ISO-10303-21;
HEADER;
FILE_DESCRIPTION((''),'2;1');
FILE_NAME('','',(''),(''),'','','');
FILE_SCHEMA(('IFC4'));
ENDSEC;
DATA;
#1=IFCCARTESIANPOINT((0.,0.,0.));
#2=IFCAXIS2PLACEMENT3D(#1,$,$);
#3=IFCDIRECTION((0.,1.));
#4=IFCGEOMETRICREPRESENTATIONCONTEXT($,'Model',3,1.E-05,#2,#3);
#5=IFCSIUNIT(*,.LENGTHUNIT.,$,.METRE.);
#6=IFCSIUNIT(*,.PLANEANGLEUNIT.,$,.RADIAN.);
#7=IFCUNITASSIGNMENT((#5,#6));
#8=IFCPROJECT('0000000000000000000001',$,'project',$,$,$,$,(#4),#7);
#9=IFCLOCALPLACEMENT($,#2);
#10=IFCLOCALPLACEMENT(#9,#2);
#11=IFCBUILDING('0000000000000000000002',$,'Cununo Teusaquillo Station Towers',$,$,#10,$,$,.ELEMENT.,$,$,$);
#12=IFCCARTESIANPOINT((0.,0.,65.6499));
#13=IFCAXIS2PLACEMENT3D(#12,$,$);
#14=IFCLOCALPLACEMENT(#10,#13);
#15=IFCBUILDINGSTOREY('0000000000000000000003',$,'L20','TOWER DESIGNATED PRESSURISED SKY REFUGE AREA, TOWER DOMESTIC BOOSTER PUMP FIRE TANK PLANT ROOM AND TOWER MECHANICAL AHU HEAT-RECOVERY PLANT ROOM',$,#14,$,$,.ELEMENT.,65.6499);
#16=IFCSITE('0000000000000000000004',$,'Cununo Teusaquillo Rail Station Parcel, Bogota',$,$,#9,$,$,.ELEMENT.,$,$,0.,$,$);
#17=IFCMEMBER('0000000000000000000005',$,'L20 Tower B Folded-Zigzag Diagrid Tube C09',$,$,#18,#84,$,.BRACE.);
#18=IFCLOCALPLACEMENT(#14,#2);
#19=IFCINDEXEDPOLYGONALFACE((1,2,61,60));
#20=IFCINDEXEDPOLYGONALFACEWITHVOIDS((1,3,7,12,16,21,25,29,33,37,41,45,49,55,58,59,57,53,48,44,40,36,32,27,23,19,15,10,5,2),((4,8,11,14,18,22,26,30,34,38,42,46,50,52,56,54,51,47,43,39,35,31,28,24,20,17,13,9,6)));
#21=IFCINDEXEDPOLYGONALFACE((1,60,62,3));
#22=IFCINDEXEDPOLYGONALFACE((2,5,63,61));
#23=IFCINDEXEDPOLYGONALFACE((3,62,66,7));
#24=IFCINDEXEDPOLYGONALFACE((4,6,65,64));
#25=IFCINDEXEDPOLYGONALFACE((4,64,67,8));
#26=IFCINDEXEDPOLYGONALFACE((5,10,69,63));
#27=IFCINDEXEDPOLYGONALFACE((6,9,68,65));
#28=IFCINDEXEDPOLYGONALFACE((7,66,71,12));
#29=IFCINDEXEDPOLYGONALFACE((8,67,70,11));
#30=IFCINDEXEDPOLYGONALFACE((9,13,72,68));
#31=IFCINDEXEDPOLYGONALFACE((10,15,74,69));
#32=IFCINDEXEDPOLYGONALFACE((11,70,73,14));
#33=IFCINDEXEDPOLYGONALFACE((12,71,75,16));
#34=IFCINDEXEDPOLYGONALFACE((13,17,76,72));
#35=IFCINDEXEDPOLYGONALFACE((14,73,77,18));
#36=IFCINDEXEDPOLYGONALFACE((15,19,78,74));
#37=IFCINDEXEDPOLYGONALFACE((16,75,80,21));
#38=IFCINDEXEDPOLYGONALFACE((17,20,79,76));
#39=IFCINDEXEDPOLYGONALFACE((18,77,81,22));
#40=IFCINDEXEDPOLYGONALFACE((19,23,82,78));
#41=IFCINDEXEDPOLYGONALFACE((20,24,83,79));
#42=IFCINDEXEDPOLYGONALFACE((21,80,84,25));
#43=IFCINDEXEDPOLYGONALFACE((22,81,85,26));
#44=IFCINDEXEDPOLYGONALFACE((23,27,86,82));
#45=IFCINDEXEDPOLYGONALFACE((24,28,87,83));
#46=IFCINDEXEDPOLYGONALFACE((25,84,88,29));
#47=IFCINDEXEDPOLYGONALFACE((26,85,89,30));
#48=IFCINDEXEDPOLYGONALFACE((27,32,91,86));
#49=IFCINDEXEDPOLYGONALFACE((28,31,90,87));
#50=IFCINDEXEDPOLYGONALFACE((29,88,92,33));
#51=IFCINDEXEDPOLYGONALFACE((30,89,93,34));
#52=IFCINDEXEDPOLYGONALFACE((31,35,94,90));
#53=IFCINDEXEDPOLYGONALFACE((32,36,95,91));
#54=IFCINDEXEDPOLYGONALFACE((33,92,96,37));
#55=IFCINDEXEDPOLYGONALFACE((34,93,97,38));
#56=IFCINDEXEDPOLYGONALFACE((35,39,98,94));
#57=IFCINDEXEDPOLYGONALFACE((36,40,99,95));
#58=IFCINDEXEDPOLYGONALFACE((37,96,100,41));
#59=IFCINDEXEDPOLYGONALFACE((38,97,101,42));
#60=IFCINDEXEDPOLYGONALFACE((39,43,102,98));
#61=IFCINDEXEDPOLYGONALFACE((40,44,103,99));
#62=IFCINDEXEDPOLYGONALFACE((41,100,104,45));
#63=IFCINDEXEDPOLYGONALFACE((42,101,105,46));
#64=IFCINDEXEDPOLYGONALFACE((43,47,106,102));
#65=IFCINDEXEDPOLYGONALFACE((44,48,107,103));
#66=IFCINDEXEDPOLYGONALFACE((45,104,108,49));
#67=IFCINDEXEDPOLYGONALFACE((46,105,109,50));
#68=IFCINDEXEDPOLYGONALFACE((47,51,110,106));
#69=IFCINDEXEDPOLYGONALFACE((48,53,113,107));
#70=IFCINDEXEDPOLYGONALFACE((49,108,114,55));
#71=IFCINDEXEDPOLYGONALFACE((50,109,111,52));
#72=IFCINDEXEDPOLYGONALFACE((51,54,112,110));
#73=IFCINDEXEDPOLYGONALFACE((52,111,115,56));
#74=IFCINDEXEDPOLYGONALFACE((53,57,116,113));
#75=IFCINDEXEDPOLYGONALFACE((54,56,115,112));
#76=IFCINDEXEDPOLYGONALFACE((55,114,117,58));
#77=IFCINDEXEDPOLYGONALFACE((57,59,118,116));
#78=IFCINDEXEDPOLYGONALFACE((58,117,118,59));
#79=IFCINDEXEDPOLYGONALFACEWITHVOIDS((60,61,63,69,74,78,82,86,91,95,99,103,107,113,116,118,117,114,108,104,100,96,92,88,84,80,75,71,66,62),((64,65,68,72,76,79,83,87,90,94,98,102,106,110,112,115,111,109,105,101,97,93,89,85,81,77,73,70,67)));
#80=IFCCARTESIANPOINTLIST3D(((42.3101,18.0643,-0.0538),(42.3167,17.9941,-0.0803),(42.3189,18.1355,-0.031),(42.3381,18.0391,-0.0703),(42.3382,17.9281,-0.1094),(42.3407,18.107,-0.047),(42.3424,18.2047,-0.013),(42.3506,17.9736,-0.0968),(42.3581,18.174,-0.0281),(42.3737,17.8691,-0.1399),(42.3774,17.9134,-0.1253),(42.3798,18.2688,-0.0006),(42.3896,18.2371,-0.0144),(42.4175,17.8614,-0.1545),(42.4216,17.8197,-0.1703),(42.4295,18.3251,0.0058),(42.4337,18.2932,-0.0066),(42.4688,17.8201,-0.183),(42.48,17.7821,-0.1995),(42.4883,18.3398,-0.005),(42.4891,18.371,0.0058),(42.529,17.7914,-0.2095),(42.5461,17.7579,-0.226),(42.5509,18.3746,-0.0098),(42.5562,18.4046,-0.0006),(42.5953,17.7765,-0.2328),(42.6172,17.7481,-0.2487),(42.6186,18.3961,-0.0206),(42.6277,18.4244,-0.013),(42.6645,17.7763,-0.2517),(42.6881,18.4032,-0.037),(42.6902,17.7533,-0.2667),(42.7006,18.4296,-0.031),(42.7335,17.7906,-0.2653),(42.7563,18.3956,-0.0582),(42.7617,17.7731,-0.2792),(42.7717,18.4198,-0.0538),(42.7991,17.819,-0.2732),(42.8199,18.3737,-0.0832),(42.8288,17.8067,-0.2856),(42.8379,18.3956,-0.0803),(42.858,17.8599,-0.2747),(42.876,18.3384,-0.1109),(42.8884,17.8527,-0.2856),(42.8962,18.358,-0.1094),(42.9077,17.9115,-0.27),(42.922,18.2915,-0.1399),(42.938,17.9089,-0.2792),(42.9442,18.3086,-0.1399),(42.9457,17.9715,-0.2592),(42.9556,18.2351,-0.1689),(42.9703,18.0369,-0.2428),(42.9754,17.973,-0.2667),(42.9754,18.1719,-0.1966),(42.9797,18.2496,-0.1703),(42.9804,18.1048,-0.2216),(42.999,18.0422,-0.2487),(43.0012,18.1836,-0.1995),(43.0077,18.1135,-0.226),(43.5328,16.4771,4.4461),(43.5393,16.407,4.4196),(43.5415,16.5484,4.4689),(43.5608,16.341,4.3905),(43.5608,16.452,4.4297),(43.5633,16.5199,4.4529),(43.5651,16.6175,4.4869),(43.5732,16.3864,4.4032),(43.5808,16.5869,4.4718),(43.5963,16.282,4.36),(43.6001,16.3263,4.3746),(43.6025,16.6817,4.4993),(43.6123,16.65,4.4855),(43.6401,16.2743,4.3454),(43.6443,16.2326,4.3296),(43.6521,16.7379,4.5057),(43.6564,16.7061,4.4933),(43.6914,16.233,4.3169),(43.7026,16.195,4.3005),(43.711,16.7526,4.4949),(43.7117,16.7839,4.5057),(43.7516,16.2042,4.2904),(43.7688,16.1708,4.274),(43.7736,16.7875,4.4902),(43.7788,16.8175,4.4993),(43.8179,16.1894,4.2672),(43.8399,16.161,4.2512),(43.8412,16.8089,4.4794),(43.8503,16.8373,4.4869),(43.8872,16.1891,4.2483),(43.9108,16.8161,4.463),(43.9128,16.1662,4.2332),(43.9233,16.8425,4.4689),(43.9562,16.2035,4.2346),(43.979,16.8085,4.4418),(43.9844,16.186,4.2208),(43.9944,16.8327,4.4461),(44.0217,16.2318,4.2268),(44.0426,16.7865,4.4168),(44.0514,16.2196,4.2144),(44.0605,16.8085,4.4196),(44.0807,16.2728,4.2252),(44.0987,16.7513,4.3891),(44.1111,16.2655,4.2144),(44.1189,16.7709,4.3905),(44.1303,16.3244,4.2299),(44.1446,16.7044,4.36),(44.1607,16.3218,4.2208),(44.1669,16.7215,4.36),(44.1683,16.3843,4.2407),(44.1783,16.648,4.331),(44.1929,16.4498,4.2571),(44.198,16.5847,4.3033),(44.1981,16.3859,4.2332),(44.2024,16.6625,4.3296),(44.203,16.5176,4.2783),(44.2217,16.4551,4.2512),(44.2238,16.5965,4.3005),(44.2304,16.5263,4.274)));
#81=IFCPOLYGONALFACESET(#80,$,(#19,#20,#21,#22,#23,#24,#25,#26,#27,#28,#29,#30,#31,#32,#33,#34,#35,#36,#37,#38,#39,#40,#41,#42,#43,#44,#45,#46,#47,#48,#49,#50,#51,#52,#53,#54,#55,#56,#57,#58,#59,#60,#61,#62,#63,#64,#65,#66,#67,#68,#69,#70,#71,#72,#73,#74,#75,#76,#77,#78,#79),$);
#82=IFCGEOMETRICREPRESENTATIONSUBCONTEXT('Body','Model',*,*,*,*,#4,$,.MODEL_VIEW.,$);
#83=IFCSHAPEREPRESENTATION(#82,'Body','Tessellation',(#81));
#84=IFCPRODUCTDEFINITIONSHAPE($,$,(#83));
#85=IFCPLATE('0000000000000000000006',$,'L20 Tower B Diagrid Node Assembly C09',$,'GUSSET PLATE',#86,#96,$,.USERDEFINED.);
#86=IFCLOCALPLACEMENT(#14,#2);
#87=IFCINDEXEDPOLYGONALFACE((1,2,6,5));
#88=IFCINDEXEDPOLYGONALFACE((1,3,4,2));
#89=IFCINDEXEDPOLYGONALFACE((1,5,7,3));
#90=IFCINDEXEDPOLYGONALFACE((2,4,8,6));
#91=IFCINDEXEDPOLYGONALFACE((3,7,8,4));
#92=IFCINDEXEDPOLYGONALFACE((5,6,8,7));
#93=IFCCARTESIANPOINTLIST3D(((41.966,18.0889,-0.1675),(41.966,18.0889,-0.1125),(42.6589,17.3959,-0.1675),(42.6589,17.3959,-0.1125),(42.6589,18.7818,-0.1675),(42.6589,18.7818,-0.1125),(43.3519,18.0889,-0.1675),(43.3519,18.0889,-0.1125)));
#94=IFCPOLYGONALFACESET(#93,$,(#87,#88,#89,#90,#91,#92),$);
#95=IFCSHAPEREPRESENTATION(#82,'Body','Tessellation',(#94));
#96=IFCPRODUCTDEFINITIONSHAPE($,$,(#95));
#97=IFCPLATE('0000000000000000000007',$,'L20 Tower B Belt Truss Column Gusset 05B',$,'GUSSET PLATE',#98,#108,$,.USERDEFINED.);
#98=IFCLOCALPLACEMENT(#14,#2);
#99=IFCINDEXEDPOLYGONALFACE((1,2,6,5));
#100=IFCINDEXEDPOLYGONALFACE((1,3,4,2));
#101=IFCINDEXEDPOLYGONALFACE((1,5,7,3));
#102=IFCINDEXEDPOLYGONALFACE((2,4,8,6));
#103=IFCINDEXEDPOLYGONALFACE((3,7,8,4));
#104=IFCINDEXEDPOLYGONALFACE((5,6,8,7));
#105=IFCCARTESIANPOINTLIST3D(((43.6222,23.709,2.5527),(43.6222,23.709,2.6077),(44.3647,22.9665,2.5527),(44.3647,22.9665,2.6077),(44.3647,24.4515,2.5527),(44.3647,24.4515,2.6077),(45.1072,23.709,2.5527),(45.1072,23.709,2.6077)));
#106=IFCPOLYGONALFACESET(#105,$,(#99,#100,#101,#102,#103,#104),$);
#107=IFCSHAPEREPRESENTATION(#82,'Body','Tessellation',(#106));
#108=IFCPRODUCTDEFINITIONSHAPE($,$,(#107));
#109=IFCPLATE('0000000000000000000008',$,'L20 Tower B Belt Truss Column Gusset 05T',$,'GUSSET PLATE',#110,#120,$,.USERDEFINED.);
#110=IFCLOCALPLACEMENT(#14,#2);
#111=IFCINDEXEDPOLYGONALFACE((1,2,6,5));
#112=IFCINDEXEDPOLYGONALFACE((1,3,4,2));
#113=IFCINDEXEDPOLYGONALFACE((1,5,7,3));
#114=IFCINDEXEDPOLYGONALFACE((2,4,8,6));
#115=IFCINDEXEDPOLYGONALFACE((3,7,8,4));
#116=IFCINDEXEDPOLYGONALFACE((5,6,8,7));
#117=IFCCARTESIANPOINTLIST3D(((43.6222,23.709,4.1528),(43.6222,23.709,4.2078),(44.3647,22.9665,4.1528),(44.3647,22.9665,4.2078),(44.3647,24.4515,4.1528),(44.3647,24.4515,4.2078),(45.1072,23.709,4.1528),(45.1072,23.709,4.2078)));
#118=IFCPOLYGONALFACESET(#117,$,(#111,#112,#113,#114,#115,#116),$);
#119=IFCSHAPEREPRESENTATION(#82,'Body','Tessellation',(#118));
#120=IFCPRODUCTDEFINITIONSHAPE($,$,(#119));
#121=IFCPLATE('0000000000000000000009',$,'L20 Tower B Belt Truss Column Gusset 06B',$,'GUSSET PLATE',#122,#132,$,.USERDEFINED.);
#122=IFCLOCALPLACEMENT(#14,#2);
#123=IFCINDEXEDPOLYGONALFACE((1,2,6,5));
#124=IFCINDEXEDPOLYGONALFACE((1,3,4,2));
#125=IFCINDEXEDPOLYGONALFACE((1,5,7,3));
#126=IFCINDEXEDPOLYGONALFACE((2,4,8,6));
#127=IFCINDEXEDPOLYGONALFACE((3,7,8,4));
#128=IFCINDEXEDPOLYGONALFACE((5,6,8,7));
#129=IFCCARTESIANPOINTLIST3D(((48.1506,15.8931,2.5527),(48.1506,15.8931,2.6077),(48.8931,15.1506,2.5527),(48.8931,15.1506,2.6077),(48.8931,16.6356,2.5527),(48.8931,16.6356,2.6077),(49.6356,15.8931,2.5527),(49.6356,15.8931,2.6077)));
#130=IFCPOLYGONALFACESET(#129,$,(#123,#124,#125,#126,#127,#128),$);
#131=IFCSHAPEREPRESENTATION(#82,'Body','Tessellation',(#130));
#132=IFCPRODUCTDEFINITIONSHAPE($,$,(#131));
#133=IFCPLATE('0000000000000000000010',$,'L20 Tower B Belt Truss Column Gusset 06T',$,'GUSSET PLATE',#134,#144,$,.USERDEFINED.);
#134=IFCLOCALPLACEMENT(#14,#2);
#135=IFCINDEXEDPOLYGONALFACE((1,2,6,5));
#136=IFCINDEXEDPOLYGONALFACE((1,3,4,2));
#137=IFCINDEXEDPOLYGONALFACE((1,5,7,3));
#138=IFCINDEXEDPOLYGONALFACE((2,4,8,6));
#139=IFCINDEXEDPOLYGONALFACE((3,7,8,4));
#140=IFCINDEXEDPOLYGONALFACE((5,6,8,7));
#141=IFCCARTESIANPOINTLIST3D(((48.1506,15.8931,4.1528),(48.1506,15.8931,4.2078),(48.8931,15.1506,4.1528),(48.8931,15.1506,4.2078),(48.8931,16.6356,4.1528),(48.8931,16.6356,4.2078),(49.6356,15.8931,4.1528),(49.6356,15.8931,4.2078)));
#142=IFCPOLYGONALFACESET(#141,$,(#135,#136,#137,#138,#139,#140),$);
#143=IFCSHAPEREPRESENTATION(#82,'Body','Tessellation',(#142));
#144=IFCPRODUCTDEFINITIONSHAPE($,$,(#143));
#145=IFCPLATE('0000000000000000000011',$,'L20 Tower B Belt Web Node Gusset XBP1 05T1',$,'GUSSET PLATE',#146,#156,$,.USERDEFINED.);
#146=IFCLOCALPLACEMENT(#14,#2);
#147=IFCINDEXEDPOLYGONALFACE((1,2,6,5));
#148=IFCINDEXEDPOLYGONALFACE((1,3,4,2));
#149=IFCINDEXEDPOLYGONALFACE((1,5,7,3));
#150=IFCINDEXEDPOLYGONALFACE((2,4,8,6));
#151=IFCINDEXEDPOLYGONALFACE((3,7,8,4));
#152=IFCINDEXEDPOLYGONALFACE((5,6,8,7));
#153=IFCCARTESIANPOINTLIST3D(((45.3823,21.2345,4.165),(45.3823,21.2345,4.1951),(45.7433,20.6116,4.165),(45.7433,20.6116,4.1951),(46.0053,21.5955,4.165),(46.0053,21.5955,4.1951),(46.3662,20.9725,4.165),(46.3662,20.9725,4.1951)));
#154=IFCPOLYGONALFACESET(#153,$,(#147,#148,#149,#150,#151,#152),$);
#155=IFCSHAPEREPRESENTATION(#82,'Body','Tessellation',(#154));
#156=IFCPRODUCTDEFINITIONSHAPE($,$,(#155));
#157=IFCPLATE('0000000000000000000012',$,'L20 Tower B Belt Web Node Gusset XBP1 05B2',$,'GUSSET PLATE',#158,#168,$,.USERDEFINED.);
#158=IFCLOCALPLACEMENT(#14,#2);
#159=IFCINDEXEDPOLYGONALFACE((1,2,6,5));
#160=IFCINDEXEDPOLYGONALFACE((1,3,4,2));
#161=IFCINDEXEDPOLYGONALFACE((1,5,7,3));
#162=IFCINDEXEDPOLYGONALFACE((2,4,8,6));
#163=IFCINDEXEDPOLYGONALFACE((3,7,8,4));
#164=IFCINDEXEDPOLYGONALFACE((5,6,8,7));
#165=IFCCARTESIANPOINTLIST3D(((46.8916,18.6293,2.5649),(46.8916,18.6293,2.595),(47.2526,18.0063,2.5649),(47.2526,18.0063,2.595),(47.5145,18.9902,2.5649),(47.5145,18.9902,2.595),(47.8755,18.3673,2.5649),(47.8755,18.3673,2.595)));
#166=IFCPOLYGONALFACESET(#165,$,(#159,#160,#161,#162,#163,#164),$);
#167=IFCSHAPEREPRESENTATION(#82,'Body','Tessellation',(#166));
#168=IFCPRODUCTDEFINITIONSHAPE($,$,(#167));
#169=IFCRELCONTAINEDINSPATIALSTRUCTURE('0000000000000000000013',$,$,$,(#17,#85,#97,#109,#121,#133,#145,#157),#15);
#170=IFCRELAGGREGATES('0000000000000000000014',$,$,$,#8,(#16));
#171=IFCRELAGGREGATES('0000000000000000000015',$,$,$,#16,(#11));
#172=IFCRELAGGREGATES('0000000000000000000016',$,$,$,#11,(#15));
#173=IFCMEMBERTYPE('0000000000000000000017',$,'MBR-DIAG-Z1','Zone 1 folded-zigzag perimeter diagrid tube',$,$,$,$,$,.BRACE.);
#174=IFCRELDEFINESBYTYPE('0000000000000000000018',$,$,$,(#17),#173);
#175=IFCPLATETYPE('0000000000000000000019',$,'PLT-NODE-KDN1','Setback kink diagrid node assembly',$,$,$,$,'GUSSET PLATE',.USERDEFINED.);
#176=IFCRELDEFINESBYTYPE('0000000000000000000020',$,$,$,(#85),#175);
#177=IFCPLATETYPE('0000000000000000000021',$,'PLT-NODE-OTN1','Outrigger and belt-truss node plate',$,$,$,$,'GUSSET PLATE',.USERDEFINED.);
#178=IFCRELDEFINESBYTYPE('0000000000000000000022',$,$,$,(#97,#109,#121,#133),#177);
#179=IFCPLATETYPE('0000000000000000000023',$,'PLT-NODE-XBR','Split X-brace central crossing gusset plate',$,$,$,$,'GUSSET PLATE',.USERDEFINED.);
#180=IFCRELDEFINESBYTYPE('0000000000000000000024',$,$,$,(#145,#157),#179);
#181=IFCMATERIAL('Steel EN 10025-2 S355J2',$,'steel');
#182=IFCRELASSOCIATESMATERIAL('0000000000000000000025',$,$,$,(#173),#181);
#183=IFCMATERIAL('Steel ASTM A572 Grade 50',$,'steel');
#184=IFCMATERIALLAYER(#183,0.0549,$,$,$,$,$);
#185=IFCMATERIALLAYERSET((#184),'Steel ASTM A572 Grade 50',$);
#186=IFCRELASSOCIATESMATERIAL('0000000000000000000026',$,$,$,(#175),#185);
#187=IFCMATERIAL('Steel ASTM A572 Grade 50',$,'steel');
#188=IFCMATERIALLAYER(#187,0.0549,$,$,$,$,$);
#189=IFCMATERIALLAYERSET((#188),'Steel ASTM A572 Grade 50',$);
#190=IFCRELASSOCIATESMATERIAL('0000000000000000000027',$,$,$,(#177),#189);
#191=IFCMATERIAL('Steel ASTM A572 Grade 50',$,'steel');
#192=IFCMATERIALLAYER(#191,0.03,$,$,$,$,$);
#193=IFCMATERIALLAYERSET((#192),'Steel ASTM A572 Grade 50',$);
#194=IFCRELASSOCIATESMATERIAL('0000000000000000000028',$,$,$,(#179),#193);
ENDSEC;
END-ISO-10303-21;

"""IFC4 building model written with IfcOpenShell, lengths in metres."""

from ifc_helpers import new_model, si_unit, direction, frame, origin, origin_2d, place, context, subcontext, project, spatial, rectangle, hollow_circle, extrude, source, transform, mapped, material, layer, layer_set, material_profile, profile_set, type_object, element, save


model = new_model("IFC4")

# Units and contexts
model_context = context("Model", 3, precision=1e-05, world=origin(), true_north=direction((0.0, 1.0)))
body_context = subcontext(model_context, "Body", "Model", "MODEL_VIEW")
ifc_project = project(units=[si_unit("LENGTHUNIT", "METRE"), si_unit("PLANEANGLEUNIT", "RADIAN")], contexts=[model_context])

# Site, building, storey
site_placement = place(None, origin())
site = spatial("IfcSite", under=ifc_project, at=site_placement, Name="Cununo Teusaquillo Rail Station Parcel, Bogota", CompositionType="ELEMENT", RefElevation=0.0)
building_placement = place(site_placement, origin())
building = spatial("IfcBuilding", under=site, at=building_placement, Name="Cununo Teusaquillo Station Towers", CompositionType="ELEMENT")
storey_placement = place(building_placement, frame((0.0, 0.0, 65.6499)))
storey = spatial("IfcBuildingStorey", under=building, at=storey_placement, Name="L20", Description="TOWER DESIGNATED PRESSURISED SKY REFUGE AREA, TOWER DOMESTIC BOOSTER PUMP FIRE TANK PLANT ROOM AND TOWER MECHANICAL AHU HEAT-RECOVERY PLANT ROOM", CompositionType="ELEMENT", Elevation=65.6499)

# Member
ifc_material_1 = material(Name="Steel EN 10025-2 S355J2", Category="steel")
ifc_material_profile_1 = material_profile(ifc_material_1, hollow_circle(Radius=0.3601, WallThickness=0.0281, at=origin_2d()), Name="CHS 720x28")
ifc_profile_set_1 = profile_set([ifc_material_profile_1], Name="Steel EN 10025-2 S355J2")
member_type_1 = type_object("IfcMemberType", Name="MBR-DIAG-Z1", Description="Zone 1 folded-zigzag perimeter diagrid tube", PredefinedType="BRACE", material=ifc_profile_set_1)
member_1_placement = place(storey_placement, frame((42.6589, 18.0889, -0.1399), z_axis=(0.248212, -0.32221, 0.913549), x_axis=(0.792198, 0.610264, 0.0)))
element("IfcMember", 1, at=member_1_placement, inside=storey, type_object=member_type_1, Name="L20 Tower B Folded-Zigzag Diagrid Tube C09", PredefinedType="BRACE", context=body_context, shape_type="SweptSolid", body=[
    extrude(hollow_circle(Radius=0.3601, WallThickness=0.0281, at=origin_2d()), origin(), (0.0, 0.0, 1.0), 4.9258),
])

# Plates
ifc_material_2 = material(Name="Steel ASTM A572 Grade 50", Category="steel")
ifc_layer_1 = layer(ifc_material_2, 0.0549)
ifc_layer_set_1 = layer_set([ifc_layer_1], Name="Steel ASTM A572 Grade 50")
plate_type_1 = type_object("IfcPlateType", Name="PLT-NODE-KDN1", Description="Setback kink diagrid node assembly", ElementType="GUSSET PLATE", PredefinedType="USERDEFINED", material=ifc_layer_set_1)
shared_shape_1 = source(origin(), body_context, "Body", "SweptSolid", [
    extrude(rectangle(XDim=0.98, YDim=0.98, at=origin_2d()), origin(), (0.0, 0.0, 1.0), 0.0549),
])
plate_placement = place(storey_placement, frame((42.6589, 18.0889, -0.1675), z_axis=(0.0, 0.0, 1.0), x_axis=(0.707107, 0.707107, 0.0)))
element("IfcPlate", 2, at=plate_placement, inside=storey, type_object=plate_type_1, Name="L20 Tower B Diagrid Node Assembly C09", ObjectType="GUSSET PLATE", PredefinedType="USERDEFINED", context=body_context, shape_type="MappedRepresentation", body=[
    mapped(shared_shape_1, transform((0.0, 0.0, 0.0), x_axis=(1.0, 0.0, 0.0), y_axis=(0.0, 1.0, 0.0), z_axis=(0.0, 0.0, 1.0), scale=1.0)),
])
ifc_material_3 = material(Name="Steel ASTM A572 Grade 50", Category="steel")
ifc_layer_2 = layer(ifc_material_3, 0.0549)
ifc_layer_set_2 = layer_set([ifc_layer_2], Name="Steel ASTM A572 Grade 50")
plate_type_2 = type_object("IfcPlateType", Name="PLT-NODE-OTN1", Description="Outrigger and belt-truss node plate", ElementType="GUSSET PLATE", PredefinedType="USERDEFINED", material=ifc_layer_set_2)
shared_shape_2 = source(origin(), body_context, "Body", "SweptSolid", [
    extrude(rectangle(XDim=1.05, YDim=1.05, at=origin_2d()), origin(), (0.0, 0.0, 1.0), 0.0549),
])
for number, where, z_axis, x_axis, name in (
    (3, (44.3647, 23.709, 2.5527), (0.0, 0.0, 1.0), (0.707107, 0.707107, 0.0), "L20 Tower B Belt Truss Column Gusset 05B"),
    (4, (44.3647, 23.709, 4.1528), (0.0, 0.0, 1.0), (0.707107, 0.707107, 0.0), "L20 Tower B Belt Truss Column Gusset 05T"),
    (5, (48.8931, 15.8931, 2.5527), (0.0, 0.0, 1.0), (0.707107, 0.707107, 0.0), "L20 Tower B Belt Truss Column Gusset 06B"),
    (6, (48.8931, 15.8931, 4.1528), (0.0, 0.0, 1.0), (0.707107, 0.707107, 0.0), "L20 Tower B Belt Truss Column Gusset 06T"),
):
    element("IfcPlate", number, at=place(storey_placement, frame(where, z_axis=z_axis, x_axis=x_axis)), inside=storey, type_object=plate_type_2, Name=name, ObjectType="GUSSET PLATE", PredefinedType="USERDEFINED", context=body_context, shape_type="MappedRepresentation", body=[
        mapped(shared_shape_2, transform((0.0, 0.0, 0.0), x_axis=(1.0, 0.0, 0.0), y_axis=(0.0, 1.0, 0.0), z_axis=(0.0, 0.0, 1.0), scale=1.0)),
    ])
ifc_material_4 = material(Name="Steel ASTM A572 Grade 50", Category="steel")
ifc_layer_3 = layer(ifc_material_4, 0.03)
ifc_layer_set_3 = layer_set([ifc_layer_3], Name="Steel ASTM A572 Grade 50")
plate_type_3 = type_object("IfcPlateType", Name="PLT-NODE-XBR", Description="Split X-brace central crossing gusset plate", ElementType="GUSSET PLATE", PredefinedType="USERDEFINED", material=ifc_layer_set_3)
shared_shape_3 = source(origin(), body_context, "Body", "SweptSolid", [
    extrude(rectangle(XDim=0.72, YDim=0.72, at=origin_2d()), origin(), (0.0, 0.0, 1.0), 0.03),
])
for number, where, z_axis, x_axis, name in (
    (7, (45.8743, 21.1035, 4.165), (0.0, 0.0, 1.0), (0.50136, -0.865239, 0.0), "L20 Tower B Belt Web Node Gusset XBP1 05T1"),
    (8, (47.3835, 18.4983, 2.5649), (0.0, 0.0, 1.0), (0.50136, -0.865239, 0.0), "L20 Tower B Belt Web Node Gusset XBP1 05B2"),
):
    element("IfcPlate", number, at=place(storey_placement, frame(where, z_axis=z_axis, x_axis=x_axis)), inside=storey, type_object=plate_type_3, Name=name, ObjectType="GUSSET PLATE", PredefinedType="USERDEFINED", context=body_context, shape_type="MappedRepresentation", body=[
        mapped(shared_shape_3, transform((0.0, 0.0, 0.0), x_axis=(1.0, 0.0, 0.0), y_axis=(0.0, 1.0, 0.0), z_axis=(0.0, 0.0, 1.0), scale=1.0)),
    ])

save(model, "model.ifc")
